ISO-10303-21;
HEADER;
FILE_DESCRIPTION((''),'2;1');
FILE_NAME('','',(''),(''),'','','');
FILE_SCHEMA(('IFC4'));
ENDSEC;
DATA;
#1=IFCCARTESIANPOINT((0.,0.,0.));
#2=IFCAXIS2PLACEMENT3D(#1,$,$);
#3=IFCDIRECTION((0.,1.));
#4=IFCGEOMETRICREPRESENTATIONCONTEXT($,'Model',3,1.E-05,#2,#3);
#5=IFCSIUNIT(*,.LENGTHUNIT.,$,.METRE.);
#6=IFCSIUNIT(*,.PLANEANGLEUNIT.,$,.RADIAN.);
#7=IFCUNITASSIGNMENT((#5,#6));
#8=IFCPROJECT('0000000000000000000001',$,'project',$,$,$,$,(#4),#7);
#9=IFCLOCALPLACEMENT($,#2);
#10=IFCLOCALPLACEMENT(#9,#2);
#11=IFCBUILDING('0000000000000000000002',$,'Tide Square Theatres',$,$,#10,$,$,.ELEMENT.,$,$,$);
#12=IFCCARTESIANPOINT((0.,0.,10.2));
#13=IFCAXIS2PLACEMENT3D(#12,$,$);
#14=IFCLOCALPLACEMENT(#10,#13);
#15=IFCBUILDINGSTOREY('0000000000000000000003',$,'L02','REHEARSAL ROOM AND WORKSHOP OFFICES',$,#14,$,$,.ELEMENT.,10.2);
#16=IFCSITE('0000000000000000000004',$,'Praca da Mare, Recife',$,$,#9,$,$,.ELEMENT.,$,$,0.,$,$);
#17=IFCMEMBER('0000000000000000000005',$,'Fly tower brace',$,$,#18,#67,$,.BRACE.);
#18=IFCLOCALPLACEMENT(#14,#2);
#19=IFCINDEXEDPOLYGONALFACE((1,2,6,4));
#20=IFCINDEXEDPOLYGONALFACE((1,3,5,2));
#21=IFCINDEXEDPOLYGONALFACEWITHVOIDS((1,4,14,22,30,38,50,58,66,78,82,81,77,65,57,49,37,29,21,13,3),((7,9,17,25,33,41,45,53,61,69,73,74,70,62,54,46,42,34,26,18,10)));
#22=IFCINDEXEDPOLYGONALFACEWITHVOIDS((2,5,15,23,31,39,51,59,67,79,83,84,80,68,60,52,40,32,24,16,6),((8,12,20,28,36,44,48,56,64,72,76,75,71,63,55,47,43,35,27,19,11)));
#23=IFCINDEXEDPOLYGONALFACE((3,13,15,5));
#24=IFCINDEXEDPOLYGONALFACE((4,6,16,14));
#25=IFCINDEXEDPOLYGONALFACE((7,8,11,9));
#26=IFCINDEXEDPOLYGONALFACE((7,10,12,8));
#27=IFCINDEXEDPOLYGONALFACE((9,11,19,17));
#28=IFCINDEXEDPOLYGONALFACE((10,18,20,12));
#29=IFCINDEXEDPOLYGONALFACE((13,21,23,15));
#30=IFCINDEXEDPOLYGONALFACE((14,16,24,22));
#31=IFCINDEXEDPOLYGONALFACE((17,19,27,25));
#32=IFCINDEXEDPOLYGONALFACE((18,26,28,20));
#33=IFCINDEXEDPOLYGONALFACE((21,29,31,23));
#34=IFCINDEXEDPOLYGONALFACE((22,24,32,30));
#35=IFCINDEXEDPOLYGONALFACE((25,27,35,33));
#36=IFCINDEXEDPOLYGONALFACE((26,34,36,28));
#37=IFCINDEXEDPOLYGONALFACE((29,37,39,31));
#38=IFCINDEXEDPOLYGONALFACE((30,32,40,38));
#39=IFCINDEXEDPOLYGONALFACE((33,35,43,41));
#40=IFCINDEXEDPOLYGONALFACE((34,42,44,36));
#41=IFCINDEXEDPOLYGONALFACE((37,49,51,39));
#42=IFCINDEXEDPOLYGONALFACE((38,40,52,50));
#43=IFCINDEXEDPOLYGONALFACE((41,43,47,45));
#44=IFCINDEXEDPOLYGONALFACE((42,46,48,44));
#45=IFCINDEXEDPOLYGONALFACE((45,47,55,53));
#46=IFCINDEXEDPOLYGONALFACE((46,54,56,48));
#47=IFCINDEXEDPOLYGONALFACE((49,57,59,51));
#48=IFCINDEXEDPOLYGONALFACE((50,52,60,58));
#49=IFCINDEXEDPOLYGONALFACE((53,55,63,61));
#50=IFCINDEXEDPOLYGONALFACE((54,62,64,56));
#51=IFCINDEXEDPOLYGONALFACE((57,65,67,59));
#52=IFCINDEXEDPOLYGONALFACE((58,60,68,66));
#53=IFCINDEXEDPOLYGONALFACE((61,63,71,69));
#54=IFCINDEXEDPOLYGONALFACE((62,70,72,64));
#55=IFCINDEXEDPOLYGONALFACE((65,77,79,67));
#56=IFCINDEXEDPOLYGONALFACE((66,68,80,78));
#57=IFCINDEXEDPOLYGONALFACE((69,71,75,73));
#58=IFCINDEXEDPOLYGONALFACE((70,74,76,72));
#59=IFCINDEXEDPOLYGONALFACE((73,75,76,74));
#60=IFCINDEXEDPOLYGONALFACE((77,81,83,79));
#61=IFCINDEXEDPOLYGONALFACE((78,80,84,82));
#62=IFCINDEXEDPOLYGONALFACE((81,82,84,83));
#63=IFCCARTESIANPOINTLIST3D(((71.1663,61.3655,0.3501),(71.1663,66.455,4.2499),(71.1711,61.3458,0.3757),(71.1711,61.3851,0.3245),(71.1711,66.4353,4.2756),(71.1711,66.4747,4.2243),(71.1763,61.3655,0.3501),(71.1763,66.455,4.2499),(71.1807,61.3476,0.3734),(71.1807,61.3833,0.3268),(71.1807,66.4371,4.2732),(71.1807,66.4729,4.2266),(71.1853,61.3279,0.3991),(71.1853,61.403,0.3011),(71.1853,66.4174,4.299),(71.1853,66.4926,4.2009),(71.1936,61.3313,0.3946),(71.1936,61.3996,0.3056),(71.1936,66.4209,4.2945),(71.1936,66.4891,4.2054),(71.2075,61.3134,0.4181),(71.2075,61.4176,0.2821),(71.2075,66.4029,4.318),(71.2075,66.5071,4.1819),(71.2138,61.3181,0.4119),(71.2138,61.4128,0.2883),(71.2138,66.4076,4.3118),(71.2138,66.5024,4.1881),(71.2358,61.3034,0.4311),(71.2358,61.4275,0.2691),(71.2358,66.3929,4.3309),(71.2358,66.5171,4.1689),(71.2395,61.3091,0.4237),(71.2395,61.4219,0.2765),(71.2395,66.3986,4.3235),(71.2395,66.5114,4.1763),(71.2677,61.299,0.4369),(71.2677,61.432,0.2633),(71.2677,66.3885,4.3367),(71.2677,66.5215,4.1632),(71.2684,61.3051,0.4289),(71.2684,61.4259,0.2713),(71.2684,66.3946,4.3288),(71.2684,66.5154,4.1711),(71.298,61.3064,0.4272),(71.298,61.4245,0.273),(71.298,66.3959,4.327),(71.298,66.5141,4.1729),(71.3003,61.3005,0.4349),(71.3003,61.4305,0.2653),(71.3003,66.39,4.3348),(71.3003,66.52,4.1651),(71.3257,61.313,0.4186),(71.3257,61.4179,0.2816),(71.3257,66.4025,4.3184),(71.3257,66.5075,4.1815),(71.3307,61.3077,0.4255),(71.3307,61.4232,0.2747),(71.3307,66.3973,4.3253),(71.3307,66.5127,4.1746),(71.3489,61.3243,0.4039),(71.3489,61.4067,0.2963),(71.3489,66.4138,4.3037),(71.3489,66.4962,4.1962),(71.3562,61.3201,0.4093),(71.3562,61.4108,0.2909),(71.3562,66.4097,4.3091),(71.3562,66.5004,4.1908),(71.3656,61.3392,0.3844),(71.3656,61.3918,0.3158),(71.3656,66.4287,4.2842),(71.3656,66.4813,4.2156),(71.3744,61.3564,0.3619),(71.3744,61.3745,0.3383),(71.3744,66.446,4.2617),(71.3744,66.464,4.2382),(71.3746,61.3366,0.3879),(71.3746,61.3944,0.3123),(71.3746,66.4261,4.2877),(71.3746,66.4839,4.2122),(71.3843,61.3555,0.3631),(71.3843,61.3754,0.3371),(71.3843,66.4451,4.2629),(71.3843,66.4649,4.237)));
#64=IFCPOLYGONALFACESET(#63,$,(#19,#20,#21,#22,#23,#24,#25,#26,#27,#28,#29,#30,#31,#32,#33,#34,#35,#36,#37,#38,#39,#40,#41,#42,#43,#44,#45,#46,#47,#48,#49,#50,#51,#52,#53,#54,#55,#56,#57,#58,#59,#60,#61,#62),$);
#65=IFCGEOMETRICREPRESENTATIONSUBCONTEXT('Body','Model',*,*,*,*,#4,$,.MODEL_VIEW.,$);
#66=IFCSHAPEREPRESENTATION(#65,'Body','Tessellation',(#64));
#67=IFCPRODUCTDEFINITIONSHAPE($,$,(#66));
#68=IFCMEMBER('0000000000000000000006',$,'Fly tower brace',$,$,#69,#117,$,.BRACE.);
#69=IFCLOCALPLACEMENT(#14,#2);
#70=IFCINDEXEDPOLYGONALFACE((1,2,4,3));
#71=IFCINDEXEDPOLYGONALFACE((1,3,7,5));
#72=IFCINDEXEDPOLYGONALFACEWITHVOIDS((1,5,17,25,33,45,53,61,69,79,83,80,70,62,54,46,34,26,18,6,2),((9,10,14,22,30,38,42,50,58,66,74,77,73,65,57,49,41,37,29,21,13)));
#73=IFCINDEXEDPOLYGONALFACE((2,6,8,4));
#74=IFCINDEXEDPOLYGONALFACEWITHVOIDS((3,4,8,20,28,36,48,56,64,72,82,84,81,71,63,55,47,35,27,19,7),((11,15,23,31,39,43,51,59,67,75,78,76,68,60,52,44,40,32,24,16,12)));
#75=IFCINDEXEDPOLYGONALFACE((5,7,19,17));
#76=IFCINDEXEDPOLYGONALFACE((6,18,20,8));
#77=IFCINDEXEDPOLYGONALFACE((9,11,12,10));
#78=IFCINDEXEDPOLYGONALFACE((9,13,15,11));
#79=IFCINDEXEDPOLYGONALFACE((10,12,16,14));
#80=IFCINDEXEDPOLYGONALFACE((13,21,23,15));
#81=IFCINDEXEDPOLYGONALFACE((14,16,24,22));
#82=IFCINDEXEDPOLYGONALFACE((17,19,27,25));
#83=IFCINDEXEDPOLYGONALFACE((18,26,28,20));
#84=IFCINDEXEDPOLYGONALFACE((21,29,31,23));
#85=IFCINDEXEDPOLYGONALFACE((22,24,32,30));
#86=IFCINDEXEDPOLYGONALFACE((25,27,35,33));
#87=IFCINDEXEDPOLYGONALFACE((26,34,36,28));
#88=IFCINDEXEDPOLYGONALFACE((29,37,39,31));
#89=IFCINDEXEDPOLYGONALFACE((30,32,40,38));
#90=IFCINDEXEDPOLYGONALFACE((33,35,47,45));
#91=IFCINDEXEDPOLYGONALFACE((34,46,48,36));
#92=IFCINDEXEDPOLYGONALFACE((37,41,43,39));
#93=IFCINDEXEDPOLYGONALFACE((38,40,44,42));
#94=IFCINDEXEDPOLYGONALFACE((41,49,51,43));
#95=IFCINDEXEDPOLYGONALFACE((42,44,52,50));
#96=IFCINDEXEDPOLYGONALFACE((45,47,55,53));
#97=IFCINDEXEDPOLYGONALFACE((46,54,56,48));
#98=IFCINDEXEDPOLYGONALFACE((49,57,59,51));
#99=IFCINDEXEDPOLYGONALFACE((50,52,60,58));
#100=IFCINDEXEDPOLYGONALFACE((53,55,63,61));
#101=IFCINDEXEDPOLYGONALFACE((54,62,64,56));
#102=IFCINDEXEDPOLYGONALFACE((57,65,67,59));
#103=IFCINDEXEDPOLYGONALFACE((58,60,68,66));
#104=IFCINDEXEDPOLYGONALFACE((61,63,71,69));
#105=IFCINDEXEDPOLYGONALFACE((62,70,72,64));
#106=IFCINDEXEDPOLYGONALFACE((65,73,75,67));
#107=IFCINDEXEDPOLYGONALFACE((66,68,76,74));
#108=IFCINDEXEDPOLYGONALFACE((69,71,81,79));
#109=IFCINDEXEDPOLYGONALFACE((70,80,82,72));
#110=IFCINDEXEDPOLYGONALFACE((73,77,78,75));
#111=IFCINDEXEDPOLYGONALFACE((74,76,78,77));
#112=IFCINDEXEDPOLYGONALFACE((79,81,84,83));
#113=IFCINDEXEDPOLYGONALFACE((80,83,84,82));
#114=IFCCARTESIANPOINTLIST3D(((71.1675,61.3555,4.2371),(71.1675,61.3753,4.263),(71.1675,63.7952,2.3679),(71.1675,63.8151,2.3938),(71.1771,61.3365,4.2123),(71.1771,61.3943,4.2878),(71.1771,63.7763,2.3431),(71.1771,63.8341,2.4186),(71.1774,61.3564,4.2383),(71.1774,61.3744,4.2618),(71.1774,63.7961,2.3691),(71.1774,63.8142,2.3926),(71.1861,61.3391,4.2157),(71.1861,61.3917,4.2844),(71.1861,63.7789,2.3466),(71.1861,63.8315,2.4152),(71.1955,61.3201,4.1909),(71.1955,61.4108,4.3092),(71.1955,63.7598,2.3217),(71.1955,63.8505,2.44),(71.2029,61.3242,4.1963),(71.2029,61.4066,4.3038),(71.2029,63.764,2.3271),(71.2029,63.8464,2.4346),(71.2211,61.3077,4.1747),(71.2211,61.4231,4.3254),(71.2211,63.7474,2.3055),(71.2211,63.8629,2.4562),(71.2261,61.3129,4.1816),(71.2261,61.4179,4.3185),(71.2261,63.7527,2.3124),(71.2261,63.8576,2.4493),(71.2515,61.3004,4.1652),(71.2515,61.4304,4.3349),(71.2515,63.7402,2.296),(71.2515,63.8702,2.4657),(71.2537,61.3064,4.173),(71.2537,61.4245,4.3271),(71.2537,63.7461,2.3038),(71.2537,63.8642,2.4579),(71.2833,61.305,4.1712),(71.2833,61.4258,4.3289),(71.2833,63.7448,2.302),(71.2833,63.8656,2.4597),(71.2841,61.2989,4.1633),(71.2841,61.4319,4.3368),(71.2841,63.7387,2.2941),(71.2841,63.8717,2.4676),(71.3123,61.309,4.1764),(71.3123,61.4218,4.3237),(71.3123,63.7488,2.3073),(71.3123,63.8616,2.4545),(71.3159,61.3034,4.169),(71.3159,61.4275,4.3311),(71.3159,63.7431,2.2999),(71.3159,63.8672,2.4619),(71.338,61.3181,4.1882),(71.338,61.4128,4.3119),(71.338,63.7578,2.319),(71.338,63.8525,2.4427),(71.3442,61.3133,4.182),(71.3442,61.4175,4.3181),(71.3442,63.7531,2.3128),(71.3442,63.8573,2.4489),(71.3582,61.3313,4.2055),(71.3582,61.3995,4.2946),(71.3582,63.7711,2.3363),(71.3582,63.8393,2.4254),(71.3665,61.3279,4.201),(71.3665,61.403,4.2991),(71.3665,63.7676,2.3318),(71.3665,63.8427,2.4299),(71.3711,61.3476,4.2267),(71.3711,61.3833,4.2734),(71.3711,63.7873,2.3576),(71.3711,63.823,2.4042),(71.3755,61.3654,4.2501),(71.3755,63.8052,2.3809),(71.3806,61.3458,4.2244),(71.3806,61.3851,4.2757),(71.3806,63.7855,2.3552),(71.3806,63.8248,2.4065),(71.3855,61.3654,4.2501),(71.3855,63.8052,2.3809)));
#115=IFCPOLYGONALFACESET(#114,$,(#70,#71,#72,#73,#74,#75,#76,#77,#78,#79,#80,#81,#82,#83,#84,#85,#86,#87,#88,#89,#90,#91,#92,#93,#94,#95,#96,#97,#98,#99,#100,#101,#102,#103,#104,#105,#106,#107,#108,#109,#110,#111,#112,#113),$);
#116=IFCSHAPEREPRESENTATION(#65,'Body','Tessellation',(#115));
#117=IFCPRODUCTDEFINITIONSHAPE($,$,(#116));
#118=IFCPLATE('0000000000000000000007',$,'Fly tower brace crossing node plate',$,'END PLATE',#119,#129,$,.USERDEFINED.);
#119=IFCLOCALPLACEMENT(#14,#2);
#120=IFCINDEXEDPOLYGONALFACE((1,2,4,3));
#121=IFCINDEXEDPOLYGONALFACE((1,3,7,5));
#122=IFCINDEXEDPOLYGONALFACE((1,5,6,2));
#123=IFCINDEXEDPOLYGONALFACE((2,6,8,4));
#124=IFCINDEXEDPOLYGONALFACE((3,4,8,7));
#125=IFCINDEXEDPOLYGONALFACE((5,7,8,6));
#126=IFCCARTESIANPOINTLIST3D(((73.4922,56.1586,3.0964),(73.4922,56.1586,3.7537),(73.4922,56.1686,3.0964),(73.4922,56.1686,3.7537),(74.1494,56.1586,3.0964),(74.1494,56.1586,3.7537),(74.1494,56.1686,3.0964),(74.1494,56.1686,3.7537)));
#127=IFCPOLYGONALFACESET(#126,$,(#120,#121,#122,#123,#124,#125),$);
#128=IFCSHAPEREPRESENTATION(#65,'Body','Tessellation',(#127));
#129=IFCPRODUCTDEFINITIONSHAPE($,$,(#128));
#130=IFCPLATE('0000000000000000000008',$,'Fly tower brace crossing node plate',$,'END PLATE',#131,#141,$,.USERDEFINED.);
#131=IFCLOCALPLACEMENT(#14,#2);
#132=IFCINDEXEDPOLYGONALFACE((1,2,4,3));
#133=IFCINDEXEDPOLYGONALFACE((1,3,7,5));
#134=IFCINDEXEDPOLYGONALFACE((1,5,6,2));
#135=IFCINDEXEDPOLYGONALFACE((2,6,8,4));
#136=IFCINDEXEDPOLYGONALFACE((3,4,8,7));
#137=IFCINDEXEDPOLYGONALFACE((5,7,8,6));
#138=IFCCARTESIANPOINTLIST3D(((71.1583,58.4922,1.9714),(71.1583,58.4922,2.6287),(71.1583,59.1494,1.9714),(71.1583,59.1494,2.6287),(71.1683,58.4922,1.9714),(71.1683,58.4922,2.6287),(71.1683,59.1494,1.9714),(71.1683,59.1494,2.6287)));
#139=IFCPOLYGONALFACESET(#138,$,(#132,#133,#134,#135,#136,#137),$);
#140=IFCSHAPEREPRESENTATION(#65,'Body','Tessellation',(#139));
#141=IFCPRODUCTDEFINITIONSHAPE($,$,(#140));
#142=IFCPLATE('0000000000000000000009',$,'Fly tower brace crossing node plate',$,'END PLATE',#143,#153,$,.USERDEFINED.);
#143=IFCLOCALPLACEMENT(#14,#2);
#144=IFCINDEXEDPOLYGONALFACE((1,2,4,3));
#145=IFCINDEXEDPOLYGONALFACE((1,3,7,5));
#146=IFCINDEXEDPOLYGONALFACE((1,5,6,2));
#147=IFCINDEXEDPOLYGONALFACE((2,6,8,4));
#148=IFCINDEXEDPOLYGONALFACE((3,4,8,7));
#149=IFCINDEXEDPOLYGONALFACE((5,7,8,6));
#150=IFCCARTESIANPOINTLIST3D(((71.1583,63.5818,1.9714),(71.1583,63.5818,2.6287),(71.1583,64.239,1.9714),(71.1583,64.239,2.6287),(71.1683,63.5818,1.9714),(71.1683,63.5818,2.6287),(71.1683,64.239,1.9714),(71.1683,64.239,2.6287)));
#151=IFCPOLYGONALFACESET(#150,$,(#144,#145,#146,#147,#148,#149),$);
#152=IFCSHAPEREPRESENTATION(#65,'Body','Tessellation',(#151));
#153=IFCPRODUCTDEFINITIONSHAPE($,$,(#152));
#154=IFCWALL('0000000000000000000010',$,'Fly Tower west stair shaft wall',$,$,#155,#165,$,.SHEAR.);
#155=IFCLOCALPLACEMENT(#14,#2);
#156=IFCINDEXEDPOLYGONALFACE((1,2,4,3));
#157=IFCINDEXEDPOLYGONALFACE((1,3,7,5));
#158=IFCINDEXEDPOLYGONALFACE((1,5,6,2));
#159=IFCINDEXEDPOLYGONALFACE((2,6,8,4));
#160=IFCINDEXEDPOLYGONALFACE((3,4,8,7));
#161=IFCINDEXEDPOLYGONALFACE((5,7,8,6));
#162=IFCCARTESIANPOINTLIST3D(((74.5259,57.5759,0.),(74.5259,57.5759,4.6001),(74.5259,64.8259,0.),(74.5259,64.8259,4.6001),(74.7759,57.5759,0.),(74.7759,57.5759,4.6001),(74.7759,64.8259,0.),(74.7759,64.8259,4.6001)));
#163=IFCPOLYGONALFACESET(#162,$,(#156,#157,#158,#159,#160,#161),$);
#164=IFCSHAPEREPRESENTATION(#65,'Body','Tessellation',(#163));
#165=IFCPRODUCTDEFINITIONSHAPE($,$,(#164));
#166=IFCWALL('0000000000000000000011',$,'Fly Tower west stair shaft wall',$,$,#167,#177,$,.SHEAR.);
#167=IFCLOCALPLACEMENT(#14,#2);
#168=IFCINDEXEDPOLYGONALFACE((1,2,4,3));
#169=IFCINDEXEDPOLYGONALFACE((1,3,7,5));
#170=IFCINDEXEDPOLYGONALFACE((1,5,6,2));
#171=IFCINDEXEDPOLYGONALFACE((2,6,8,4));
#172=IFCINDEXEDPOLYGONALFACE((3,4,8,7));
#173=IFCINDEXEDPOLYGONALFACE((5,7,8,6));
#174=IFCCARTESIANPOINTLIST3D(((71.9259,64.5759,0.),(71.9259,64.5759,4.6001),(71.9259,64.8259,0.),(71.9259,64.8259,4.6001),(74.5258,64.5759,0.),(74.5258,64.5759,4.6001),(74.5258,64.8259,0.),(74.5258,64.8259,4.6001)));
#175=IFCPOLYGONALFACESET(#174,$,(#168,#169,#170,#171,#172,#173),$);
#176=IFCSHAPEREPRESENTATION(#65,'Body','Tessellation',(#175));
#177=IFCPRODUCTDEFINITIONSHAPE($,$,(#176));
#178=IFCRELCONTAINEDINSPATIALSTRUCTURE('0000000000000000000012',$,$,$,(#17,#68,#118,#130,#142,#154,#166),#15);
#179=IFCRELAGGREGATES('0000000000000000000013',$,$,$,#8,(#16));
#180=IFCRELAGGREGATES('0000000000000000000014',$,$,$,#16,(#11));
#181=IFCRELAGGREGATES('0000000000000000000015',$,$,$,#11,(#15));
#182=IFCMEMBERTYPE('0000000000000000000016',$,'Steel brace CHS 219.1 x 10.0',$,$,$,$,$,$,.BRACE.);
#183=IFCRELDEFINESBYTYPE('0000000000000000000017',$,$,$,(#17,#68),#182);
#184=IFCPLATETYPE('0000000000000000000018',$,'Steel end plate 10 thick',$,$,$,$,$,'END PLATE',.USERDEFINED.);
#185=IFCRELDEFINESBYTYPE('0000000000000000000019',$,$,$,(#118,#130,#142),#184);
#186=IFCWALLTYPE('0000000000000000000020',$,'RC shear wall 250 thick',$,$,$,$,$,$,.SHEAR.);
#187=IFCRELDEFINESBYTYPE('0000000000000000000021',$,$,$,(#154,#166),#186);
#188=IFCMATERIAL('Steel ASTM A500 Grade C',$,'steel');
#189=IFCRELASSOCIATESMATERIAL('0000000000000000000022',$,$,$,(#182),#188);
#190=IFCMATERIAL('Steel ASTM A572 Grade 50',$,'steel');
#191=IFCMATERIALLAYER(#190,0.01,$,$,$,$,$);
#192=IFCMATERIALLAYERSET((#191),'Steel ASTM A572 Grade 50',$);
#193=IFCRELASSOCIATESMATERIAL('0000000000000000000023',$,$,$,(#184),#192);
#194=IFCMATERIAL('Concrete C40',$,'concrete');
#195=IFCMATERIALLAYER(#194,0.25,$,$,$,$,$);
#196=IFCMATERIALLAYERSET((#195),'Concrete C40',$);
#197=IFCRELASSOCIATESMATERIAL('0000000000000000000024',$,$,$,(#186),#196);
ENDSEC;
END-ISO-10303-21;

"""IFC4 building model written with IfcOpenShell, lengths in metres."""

from ifc_helpers import new_model, si_unit, direction, frame, frame_2d, origin, origin_2d, place, context, subcontext, project, spatial, rectangle, hollow_circle, extrude, material, layer, layer_set, material_profile, profile_set, type_object, element, save


model = new_model("IFC4")

# Units and contexts
model_context = context("Model", 3, precision=1e-05, world=origin(), true_north=direction((0.0, 1.0)))
body_context = subcontext(model_context, "Body", "Model", "MODEL_VIEW")
ifc_project = project(units=[si_unit("LENGTHUNIT", "METRE"), si_unit("PLANEANGLEUNIT", "RADIAN")], contexts=[model_context])

# Site, building, storey
site_placement = place(None, origin())
site = spatial("IfcSite", under=ifc_project, at=site_placement, Name="Praca da Mare, Recife", CompositionType="ELEMENT", RefElevation=0.0)
building_placement = place(site_placement, origin())
building = spatial("IfcBuilding", under=site, at=building_placement, Name="Tide Square Theatres", CompositionType="ELEMENT")
storey_placement = place(building_placement, frame((0.0, 0.0, 10.2)))
storey = spatial("IfcBuildingStorey", under=building, at=storey_placement, Name="L02", Description="REHEARSAL ROOM AND WORKSHOP OFFICES", CompositionType="ELEMENT", Elevation=10.2)

# Members
ifc_material_1 = material(Name="Steel ASTM A500 Grade C", Category="steel")
ifc_material_profile_1 = material_profile(ifc_material_1, hollow_circle(Radius=0.1096, WallThickness=0.01, at=origin_2d()))
ifc_profile_set_1 = profile_set([ifc_material_profile_1], Name="Steel ASTM A500 Grade C")
member_type = type_object("IfcMemberType", Name="Steel brace CHS 219.1 x 10.0", PredefinedType="BRACE", material=ifc_profile_set_1)
member_1_placement = place(storey_placement, frame((71.2759, 61.3655, 0.3501), z_axis=(0.0, 0.793766, 0.608223), x_axis=(-1.0, 0.0, 0.0)))
element("IfcMember", 1, at=member_1_placement, inside=storey, type_object=member_type, Name="Fly tower brace", PredefinedType="BRACE", context=body_context, shape_type="SweptSolid", body=[
    extrude(hollow_circle(Radius=0.1096, WallThickness=0.01, at=origin_2d()), origin(), (0.0, 0.0, 1.0), 6.4119),
])
member_2_placement = place(storey_placement, frame((71.2759, 63.8052, 2.3809), z_axis=(0.0, -0.79381, 0.608166), x_axis=(1.0, 0.0, 0.0)))
element("IfcMember", 2, at=member_2_placement, inside=storey, type_object=member_type, Name="Fly tower brace", PredefinedType="BRACE", context=body_context, shape_type="SweptSolid", body=[
    extrude(hollow_circle(Radius=0.1096, WallThickness=0.01, at=origin_2d()), origin(), (0.0, 0.0, 1.0), 3.0735),
])

# Plates
ifc_material_2 = material(Name="Steel ASTM A572 Grade 50", Category="steel")
ifc_layer_1 = layer(ifc_material_2, 0.01)
ifc_layer_set_1 = layer_set([ifc_layer_1], Name="Steel ASTM A572 Grade 50")
plate_type = type_object("IfcPlateType", Name="Steel end plate 10 thick", ElementType="END PLATE", PredefinedType="USERDEFINED", material=ifc_layer_set_1)
for number, where, z_axis, x_axis, name in (
    (3, (73.8208, 56.1636, 3.0964), (0.0, 0.0, 1.0), (0.0, -1.0, 0.0), "Fly tower brace crossing node plate"),
    (4, (71.1633, 58.8208, 1.9714), (0.0, 0.0, 1.0), (-1.0, 0.0, 0.0), "Fly tower brace crossing node plate"),
    (5, (71.1633, 63.9104, 1.9714), (0.0, 0.0, 1.0), (-1.0, 0.0, 0.0), "Fly tower brace crossing node plate"),
):
    element("IfcPlate", number, at=place(storey_placement, frame(where, z_axis=z_axis, x_axis=x_axis)), inside=storey, type_object=plate_type, Name=name, ObjectType="END PLATE", PredefinedType="USERDEFINED", context=body_context, shape_type="SweptSolid", body=[
        extrude(rectangle(XDim=0.01, YDim=0.6572, at=origin_2d()), origin(), (0.0, 0.0, 1.0), 0.6572),
    ])

# Walls
ifc_material_3 = material(Name="Concrete C40", Category="concrete")
ifc_layer_2 = layer(ifc_material_3, 0.25)
ifc_layer_set_2 = layer_set([ifc_layer_2], Name="Concrete C40")
wall_type = type_object("IfcWallType", Name="RC shear wall 250 thick", PredefinedType="SHEAR", material=ifc_layer_set_2)
wall_1_placement = place(storey_placement, frame((74.6509, 57.5759, 0.0), z_axis=(0.0, 0.0, 1.0), x_axis=(0.0, 1.0, 0.0)))
element("IfcWall", 6, at=wall_1_placement, inside=storey, type_object=wall_type, Name="Fly Tower west stair shaft wall", PredefinedType="SHEAR", context=body_context, shape_type="SweptSolid", body=[
    extrude(rectangle(XDim=7.25, YDim=0.25, at=frame_2d((3.625, 0.0))), origin(), (0.0, 0.0, 1.0), 4.6001),
])
wall_2_placement = place(storey_placement, frame((71.926, 64.7009, 0.0), z_axis=(0.0, 0.0, 1.0), x_axis=(1.0, 0.0, 0.0)))
element("IfcWall", 7, at=wall_2_placement, inside=storey, type_object=wall_type, Name="Fly Tower west stair shaft wall", PredefinedType="SHEAR", context=body_context, shape_type="SweptSolid", body=[
    extrude(rectangle(XDim=2.5999, YDim=0.25, at=frame_2d((1.2998, 0.0))), origin(), (0.0, 0.0, 1.0), 4.6001),
])

save(model, "model.ifc")
